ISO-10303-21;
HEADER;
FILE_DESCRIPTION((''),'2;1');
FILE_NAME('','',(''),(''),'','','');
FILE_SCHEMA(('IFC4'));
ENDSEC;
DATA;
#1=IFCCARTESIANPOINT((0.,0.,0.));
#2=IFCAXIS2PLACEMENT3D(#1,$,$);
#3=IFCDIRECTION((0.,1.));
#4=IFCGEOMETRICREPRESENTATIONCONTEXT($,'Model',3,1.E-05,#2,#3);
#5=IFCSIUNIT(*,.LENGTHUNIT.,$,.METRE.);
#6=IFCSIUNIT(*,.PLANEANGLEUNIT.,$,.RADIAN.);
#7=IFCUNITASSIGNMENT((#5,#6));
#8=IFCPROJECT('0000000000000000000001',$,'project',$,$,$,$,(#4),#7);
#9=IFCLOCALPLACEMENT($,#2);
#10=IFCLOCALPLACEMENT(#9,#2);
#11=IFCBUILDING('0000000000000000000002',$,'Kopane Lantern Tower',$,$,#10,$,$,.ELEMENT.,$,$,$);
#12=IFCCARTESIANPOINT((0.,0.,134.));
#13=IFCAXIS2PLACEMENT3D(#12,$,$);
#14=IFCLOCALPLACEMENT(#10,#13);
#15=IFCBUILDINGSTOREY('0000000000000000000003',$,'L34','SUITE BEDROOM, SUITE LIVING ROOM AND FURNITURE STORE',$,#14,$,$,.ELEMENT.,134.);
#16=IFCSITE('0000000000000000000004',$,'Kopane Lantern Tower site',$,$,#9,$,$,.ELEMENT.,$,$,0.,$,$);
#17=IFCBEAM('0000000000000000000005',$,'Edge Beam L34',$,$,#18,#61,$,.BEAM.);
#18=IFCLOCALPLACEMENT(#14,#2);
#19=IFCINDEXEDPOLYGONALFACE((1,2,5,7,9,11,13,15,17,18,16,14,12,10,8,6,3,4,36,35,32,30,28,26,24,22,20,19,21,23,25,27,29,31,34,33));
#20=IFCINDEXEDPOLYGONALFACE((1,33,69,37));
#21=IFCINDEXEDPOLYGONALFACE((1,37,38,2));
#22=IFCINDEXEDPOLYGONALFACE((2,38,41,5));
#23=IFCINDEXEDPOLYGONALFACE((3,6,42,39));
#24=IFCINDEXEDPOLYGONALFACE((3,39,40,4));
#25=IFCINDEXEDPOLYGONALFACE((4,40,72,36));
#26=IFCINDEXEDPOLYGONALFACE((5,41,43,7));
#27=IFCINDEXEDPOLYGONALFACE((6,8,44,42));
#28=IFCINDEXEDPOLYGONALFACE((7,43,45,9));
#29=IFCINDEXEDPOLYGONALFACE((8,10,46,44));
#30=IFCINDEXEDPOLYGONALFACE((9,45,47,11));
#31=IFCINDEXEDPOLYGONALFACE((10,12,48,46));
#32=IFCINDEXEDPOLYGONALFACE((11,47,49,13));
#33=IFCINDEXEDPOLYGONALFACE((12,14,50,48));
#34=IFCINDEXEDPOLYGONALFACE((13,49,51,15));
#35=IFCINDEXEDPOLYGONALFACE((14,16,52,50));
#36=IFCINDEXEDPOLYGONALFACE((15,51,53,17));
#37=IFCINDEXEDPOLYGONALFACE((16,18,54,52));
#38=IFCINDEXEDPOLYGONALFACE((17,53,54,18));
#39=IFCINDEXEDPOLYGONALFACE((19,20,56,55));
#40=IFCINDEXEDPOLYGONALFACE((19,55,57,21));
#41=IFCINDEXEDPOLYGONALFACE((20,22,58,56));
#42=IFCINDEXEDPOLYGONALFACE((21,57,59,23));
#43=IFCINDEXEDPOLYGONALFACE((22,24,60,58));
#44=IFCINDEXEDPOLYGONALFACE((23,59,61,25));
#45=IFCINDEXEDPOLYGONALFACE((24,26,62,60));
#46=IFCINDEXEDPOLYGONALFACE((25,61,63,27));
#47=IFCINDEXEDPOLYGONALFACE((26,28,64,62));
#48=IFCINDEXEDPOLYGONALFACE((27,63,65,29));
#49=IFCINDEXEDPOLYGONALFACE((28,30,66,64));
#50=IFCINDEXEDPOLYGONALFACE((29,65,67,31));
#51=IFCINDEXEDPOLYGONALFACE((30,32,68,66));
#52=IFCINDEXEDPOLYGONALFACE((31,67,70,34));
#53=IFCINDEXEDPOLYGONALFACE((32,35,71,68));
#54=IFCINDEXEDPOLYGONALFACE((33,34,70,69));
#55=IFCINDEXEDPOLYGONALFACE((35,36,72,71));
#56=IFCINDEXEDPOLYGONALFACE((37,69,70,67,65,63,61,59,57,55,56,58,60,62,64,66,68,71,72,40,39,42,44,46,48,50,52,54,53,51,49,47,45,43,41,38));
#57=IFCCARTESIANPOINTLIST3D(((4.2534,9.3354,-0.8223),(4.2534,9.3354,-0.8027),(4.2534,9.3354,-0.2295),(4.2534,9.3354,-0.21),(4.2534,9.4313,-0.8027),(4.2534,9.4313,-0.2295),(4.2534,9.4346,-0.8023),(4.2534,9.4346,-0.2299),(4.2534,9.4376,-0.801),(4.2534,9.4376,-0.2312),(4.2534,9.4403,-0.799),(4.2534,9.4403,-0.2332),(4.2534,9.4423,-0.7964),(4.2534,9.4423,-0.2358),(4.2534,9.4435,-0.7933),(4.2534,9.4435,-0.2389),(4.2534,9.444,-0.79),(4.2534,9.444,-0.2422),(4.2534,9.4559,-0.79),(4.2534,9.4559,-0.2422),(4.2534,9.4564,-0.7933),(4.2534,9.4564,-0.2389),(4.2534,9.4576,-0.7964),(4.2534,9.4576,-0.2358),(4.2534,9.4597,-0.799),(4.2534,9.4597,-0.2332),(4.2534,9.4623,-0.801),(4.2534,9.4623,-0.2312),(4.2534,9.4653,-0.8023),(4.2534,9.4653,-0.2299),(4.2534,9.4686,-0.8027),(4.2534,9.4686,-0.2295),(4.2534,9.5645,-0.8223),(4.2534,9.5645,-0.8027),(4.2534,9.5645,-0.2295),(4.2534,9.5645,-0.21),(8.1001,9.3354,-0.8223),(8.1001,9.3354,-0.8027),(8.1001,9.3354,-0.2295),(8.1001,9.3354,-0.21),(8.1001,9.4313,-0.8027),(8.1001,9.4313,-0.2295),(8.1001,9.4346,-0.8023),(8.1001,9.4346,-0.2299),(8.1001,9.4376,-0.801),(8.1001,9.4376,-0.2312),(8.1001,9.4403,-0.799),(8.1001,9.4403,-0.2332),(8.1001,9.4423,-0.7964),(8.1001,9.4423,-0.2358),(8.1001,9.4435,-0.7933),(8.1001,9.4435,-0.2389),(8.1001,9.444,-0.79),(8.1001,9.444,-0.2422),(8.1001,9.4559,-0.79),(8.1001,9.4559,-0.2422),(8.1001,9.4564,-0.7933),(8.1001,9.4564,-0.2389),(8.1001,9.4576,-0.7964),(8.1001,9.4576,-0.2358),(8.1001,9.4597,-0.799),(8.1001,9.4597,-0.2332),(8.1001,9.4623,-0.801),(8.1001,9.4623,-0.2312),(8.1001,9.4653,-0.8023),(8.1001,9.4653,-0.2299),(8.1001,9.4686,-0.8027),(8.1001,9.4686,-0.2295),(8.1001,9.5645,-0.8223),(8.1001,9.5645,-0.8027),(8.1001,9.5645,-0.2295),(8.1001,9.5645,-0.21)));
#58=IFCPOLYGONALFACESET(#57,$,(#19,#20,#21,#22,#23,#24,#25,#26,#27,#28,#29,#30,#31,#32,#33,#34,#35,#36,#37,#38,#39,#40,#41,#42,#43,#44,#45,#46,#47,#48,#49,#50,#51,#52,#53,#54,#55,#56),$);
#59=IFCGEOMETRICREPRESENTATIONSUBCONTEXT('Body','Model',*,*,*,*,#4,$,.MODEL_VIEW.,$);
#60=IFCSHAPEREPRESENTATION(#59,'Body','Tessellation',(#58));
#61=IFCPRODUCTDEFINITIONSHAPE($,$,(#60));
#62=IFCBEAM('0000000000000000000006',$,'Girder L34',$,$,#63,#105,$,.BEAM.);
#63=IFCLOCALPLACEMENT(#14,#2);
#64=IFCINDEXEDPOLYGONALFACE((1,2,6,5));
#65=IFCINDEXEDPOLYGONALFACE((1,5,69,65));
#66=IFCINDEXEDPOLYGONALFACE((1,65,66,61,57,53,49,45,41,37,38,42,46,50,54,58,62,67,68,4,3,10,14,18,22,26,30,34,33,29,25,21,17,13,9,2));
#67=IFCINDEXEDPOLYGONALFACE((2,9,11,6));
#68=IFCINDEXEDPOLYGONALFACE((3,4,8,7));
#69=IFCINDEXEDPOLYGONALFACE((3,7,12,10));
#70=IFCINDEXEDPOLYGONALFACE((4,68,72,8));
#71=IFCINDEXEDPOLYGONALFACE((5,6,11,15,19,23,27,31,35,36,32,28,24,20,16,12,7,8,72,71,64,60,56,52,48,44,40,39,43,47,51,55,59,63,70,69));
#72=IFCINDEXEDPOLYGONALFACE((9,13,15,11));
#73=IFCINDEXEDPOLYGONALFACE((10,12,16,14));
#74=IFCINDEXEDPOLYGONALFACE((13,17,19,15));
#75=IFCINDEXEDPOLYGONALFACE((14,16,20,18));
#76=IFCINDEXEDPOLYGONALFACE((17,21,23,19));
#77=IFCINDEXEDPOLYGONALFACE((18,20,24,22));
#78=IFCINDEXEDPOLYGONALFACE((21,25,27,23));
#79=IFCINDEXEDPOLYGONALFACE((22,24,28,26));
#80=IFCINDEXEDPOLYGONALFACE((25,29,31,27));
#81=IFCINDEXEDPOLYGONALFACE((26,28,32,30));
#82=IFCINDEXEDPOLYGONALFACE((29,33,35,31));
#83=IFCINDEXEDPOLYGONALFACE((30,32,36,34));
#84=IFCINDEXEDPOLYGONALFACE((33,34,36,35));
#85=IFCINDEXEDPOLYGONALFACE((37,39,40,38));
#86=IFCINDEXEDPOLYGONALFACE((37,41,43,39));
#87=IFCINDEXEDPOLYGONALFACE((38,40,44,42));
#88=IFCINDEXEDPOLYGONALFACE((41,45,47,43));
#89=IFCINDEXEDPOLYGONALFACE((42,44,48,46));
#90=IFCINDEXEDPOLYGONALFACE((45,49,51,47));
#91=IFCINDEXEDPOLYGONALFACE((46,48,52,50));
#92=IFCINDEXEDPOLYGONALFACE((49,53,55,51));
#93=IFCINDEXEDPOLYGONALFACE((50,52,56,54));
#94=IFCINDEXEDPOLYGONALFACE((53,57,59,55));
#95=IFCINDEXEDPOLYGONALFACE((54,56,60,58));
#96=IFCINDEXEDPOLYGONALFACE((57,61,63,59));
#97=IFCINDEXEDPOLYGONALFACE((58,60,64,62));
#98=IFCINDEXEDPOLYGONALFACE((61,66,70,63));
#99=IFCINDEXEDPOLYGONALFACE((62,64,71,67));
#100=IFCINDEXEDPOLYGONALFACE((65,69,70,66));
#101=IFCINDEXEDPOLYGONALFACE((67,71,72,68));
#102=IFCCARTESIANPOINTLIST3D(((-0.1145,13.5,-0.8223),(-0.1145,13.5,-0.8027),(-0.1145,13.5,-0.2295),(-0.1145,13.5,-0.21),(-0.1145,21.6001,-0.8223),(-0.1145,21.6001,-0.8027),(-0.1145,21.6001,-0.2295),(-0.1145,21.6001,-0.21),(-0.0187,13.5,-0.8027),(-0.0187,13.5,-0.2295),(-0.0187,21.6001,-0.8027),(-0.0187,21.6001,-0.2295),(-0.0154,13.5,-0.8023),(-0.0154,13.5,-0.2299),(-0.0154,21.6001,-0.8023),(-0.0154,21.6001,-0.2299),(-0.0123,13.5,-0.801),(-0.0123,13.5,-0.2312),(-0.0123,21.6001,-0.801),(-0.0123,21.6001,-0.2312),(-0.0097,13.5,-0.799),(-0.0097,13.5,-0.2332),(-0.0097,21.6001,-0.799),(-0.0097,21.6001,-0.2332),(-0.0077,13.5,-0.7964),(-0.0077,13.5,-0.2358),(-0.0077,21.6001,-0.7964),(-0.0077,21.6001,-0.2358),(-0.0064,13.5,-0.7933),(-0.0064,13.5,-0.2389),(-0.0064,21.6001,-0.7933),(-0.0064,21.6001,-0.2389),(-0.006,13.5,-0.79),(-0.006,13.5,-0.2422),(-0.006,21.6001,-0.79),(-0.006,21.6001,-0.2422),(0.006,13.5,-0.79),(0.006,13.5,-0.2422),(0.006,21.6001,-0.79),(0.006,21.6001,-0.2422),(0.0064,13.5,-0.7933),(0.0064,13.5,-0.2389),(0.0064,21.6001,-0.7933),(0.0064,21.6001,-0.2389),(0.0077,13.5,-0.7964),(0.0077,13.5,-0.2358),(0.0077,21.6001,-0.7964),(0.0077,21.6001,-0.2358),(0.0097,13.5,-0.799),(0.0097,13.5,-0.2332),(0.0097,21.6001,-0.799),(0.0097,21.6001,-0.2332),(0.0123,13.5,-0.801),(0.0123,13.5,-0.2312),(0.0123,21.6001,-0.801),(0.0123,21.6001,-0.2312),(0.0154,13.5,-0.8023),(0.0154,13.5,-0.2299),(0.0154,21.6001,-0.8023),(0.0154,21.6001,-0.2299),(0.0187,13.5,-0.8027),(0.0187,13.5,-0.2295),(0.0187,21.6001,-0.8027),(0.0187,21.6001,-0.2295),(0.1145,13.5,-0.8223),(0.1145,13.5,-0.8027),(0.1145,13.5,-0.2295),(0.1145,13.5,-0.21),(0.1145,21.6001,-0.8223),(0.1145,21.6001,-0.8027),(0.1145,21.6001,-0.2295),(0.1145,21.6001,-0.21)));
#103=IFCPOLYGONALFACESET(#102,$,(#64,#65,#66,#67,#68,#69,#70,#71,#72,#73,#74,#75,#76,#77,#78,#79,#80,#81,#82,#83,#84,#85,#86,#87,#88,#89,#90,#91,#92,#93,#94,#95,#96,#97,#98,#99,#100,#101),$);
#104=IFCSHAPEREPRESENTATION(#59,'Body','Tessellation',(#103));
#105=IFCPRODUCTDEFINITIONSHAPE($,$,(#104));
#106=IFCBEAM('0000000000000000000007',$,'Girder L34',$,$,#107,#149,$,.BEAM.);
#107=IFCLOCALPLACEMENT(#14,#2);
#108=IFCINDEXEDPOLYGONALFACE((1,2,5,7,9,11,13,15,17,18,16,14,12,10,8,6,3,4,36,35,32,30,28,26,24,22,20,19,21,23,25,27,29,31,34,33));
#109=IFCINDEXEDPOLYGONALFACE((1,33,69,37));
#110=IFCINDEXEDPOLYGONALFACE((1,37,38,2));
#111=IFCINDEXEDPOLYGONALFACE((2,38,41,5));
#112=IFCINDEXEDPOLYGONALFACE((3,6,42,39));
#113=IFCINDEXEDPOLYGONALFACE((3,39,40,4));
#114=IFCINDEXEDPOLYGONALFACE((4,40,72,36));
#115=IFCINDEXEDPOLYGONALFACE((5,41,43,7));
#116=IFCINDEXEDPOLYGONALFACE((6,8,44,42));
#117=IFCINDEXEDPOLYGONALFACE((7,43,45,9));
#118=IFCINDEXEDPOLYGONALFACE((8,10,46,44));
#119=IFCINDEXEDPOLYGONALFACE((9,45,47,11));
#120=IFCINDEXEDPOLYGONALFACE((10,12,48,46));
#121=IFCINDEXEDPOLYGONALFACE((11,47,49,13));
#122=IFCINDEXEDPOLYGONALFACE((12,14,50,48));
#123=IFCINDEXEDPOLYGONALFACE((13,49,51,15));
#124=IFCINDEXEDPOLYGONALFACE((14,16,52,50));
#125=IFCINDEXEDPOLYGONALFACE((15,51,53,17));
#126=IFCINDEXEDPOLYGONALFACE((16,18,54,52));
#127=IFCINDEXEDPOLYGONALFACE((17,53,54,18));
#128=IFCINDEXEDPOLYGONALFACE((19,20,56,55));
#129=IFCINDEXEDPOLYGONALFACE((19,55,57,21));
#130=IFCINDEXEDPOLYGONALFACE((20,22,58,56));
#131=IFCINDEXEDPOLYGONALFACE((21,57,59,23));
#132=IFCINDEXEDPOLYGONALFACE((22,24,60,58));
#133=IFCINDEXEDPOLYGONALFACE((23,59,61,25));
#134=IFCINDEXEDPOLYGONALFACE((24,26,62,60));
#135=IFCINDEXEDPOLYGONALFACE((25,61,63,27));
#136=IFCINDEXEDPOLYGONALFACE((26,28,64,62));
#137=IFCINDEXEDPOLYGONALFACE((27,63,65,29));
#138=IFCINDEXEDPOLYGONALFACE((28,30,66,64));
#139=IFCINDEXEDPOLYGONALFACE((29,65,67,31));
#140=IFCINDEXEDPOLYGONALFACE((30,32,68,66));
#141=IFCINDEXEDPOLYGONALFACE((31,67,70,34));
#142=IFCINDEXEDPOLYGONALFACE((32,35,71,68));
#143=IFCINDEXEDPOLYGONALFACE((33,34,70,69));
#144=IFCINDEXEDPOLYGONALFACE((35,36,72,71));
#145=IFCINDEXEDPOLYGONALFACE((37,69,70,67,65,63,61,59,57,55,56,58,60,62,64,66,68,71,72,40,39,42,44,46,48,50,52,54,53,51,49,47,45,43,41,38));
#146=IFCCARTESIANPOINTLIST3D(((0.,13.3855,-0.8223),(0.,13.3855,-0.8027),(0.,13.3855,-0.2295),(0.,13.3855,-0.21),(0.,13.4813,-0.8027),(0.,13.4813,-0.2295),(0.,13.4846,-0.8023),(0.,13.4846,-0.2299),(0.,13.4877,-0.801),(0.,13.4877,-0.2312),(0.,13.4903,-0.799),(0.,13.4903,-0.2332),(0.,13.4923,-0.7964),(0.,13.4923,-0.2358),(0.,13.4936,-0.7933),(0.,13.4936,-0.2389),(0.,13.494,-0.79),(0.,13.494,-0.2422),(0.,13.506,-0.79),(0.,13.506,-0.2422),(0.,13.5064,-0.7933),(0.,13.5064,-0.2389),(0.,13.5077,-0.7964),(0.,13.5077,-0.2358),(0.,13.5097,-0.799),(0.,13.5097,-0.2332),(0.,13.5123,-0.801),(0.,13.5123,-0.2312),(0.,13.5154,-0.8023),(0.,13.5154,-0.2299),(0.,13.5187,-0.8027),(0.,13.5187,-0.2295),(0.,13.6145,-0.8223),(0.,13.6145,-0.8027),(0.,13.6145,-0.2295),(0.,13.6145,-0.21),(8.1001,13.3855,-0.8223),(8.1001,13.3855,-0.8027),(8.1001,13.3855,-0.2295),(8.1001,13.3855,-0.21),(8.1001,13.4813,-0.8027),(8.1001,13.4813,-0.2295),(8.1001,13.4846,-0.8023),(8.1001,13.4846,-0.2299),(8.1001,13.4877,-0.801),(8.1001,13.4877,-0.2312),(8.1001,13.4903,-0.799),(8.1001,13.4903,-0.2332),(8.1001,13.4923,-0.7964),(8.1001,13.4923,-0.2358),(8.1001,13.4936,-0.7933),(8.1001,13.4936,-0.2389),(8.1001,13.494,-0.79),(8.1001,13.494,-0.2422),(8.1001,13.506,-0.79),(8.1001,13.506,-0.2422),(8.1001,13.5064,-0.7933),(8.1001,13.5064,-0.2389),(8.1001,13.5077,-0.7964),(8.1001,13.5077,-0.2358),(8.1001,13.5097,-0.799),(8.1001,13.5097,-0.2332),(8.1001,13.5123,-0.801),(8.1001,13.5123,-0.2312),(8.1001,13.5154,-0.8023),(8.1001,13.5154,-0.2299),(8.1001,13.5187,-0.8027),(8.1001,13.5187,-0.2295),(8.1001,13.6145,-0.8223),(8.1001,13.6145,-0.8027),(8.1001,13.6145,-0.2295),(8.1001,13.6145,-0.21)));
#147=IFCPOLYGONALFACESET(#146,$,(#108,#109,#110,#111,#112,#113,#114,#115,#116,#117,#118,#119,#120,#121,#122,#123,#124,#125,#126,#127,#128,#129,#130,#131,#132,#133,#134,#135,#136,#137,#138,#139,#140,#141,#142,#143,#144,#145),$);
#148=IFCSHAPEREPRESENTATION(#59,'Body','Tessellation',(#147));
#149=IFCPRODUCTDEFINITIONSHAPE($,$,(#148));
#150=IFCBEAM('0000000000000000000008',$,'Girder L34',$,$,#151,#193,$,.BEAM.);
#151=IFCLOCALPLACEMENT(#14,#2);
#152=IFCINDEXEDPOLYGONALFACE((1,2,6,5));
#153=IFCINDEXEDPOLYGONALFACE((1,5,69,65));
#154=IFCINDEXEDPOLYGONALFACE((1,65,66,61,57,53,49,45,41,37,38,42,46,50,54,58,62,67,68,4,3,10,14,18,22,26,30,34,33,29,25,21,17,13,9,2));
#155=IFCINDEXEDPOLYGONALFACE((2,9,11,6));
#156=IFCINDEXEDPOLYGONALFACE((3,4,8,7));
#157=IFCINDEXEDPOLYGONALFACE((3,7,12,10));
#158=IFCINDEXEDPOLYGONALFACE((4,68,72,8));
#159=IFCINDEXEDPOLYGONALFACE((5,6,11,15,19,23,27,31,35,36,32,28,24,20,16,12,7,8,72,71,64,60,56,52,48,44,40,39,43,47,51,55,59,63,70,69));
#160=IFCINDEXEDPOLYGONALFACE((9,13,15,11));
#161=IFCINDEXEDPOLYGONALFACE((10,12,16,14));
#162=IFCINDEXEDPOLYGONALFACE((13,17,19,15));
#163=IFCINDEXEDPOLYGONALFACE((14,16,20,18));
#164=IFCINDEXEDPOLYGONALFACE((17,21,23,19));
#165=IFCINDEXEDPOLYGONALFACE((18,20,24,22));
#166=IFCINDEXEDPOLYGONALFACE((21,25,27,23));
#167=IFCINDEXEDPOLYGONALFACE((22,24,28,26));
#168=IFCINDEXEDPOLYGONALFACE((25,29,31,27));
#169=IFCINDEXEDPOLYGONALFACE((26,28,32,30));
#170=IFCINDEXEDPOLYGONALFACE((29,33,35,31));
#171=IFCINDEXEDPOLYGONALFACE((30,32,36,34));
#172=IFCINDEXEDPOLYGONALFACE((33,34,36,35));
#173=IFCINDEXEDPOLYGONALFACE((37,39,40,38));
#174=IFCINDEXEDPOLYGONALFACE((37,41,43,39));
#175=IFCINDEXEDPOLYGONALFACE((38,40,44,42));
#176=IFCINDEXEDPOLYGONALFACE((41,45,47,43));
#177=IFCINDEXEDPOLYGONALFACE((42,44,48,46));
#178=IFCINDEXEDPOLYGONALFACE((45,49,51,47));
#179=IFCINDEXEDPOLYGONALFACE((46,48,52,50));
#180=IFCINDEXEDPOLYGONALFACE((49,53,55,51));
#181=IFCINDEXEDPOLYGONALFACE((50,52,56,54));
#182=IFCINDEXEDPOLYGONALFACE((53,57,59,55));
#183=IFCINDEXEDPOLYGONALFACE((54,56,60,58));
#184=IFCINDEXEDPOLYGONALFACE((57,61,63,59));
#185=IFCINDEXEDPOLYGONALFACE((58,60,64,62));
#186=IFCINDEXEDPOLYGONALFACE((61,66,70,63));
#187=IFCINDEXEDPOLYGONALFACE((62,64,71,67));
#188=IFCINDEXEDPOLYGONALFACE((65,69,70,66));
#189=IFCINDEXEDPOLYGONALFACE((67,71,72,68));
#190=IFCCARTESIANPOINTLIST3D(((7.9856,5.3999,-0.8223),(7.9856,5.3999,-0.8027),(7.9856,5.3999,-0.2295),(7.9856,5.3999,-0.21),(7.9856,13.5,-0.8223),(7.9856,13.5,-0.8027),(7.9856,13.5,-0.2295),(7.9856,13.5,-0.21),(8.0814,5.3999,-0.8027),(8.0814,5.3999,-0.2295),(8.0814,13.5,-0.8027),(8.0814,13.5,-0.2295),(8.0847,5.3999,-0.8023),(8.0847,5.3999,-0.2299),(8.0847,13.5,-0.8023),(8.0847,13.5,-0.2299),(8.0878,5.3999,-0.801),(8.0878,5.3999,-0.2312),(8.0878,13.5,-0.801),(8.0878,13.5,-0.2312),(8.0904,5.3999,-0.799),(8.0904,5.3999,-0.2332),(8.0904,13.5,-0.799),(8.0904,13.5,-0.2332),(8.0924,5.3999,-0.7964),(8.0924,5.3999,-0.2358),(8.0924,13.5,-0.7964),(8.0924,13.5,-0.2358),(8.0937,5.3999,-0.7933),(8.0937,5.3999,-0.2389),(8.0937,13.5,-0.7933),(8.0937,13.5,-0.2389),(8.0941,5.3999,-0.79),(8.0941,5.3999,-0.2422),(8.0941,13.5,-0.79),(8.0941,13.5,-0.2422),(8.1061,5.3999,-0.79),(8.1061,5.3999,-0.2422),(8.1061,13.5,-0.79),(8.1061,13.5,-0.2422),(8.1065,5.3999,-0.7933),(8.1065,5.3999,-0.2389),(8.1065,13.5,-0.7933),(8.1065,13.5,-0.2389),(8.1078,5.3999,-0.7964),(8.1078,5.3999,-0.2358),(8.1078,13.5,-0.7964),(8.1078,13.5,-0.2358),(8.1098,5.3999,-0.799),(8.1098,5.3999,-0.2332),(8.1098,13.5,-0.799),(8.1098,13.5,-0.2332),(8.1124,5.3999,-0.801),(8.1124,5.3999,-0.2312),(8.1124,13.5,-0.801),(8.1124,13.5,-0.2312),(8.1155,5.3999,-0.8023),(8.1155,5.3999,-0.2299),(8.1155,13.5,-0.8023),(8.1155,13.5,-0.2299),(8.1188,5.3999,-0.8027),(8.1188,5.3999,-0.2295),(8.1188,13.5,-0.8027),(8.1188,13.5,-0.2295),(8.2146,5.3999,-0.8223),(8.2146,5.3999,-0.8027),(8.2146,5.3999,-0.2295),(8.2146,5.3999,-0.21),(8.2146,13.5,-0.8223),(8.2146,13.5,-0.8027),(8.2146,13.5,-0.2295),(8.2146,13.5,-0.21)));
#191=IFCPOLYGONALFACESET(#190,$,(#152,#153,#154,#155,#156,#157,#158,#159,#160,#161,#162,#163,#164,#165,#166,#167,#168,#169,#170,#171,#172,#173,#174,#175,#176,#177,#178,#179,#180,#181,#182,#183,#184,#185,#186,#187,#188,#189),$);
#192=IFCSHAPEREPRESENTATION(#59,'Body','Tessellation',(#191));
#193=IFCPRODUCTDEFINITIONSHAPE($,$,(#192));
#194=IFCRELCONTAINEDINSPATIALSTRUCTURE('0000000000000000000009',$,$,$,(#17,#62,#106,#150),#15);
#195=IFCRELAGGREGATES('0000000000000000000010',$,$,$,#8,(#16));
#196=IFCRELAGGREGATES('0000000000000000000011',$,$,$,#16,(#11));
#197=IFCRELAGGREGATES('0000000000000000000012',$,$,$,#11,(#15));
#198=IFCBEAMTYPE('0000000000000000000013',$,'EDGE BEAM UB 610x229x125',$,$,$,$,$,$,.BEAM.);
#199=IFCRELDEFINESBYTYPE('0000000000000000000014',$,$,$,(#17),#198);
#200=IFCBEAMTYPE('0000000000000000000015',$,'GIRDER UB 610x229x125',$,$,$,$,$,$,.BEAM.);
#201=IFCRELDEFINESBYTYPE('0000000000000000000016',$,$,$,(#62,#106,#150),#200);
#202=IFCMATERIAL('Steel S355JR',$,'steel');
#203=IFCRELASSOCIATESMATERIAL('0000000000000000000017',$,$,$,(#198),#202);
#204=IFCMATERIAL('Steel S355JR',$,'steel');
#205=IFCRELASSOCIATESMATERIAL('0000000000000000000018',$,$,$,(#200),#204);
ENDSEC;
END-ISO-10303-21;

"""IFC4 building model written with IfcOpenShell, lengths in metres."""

from ifc_helpers import new_model, si_unit, direction, frame, origin, origin_2d, place, context, subcontext, project, spatial, i_section, extrude, material, material_profile, profile_set, type_object, element, save


model = new_model("IFC4")

# Units and contexts
model_context = context("Model", 3, precision=1e-05, world=origin(), true_north=direction((0.0, 1.0)))
body_context = subcontext(model_context, "Body", "Model", "MODEL_VIEW")
ifc_project = project(units=[si_unit("LENGTHUNIT", "METRE"), si_unit("PLANEANGLEUNIT", "RADIAN")], contexts=[model_context])

# Site, building, storey
site_placement = place(None, origin())
site = spatial("IfcSite", under=ifc_project, at=site_placement, Name="Kopane Lantern Tower site", CompositionType="ELEMENT", RefElevation=0.0)
building_placement = place(site_placement, origin())
building = spatial("IfcBuilding", under=site, at=building_placement, Name="Kopane Lantern Tower", CompositionType="ELEMENT")
storey_placement = place(building_placement, frame((0.0, 0.0, 134.0)))
storey = spatial("IfcBuildingStorey", under=building, at=storey_placement, Name="L34", Description="SUITE BEDROOM, SUITE LIVING ROOM AND FURNITURE STORE", CompositionType="ELEMENT", Elevation=134.0)

# Beams
ifc_material_1 = material(Name="Steel S355JR", Category="steel")
ifc_material_profile_1 = material_profile(ifc_material_1, i_section(OverallWidth=0.229, OverallDepth=0.6123, WebThickness=0.012, FlangeThickness=0.0195, FilletRadius=0.0127, at=origin_2d()), Name="UB 610x229x125")
ifc_profile_set_1 = profile_set([ifc_material_profile_1], Name="Steel S355JR")
beam_type_1 = type_object("IfcBeamType", Name="EDGE BEAM UB 610x229x125", PredefinedType="BEAM", material=ifc_profile_set_1)
beam_1_placement = place(storey_placement, frame((4.2534, 9.45, -0.5161), z_axis=(1.0, 0.0, 0.0), x_axis=(0.0, 1.0, 0.0)))
element("IfcBeam", 1, at=beam_1_placement, inside=storey, type_object=beam_type_1, Name="Edge Beam L34", PredefinedType="BEAM", context=body_context, shape_type="SweptSolid", body=[
    extrude(i_section(OverallWidth=0.229, OverallDepth=0.6123, WebThickness=0.012, FlangeThickness=0.0195, FilletRadius=0.0127, at=origin_2d()), origin(), (0.0, 0.0, 1.0), 3.8467),
])
ifc_material_2 = material(Name="Steel S355JR", Category="steel")
ifc_material_profile_2 = material_profile(ifc_material_2, i_section(OverallWidth=0.229, OverallDepth=0.6123, WebThickness=0.012, FlangeThickness=0.0195, FilletRadius=0.0127, at=origin_2d()), Name="UB 610x229x125")
ifc_profile_set_2 = profile_set([ifc_material_profile_2], Name="Steel S355JR")
beam_type_2 = type_object("IfcBeamType", Name="GIRDER UB 610x229x125", PredefinedType="BEAM", material=ifc_profile_set_2)
for number, where, z_axis, x_axis, name in (
    (2, (0.0, 13.5, -0.5161), (0.0, 1.0, 0.0), (-1.0, 0.0, 0.0), "Girder L34"),
    (3, (0.0, 13.5, -0.5161), (1.0, 0.0, 0.0), (0.0, 1.0, 0.0), "Girder L34"),
    (4, (8.1001, 5.3999, -0.5161), (0.0, 1.0, 0.0), (-1.0, 0.0, 0.0), "Girder L34"),
):
    element("IfcBeam", number, at=place(storey_placement, frame(where, z_axis=z_axis, x_axis=x_axis)), inside=storey, type_object=beam_type_2, Name=name, PredefinedType="BEAM", context=body_context, shape_type="SweptSolid", body=[
        extrude(i_section(OverallWidth=0.229, OverallDepth=0.6123, WebThickness=0.012, FlangeThickness=0.0195, FilletRadius=0.0127, at=origin_2d()), origin(), (0.0, 0.0, 1.0), 8.1001),
    ])

save(model, "model.ifc")
